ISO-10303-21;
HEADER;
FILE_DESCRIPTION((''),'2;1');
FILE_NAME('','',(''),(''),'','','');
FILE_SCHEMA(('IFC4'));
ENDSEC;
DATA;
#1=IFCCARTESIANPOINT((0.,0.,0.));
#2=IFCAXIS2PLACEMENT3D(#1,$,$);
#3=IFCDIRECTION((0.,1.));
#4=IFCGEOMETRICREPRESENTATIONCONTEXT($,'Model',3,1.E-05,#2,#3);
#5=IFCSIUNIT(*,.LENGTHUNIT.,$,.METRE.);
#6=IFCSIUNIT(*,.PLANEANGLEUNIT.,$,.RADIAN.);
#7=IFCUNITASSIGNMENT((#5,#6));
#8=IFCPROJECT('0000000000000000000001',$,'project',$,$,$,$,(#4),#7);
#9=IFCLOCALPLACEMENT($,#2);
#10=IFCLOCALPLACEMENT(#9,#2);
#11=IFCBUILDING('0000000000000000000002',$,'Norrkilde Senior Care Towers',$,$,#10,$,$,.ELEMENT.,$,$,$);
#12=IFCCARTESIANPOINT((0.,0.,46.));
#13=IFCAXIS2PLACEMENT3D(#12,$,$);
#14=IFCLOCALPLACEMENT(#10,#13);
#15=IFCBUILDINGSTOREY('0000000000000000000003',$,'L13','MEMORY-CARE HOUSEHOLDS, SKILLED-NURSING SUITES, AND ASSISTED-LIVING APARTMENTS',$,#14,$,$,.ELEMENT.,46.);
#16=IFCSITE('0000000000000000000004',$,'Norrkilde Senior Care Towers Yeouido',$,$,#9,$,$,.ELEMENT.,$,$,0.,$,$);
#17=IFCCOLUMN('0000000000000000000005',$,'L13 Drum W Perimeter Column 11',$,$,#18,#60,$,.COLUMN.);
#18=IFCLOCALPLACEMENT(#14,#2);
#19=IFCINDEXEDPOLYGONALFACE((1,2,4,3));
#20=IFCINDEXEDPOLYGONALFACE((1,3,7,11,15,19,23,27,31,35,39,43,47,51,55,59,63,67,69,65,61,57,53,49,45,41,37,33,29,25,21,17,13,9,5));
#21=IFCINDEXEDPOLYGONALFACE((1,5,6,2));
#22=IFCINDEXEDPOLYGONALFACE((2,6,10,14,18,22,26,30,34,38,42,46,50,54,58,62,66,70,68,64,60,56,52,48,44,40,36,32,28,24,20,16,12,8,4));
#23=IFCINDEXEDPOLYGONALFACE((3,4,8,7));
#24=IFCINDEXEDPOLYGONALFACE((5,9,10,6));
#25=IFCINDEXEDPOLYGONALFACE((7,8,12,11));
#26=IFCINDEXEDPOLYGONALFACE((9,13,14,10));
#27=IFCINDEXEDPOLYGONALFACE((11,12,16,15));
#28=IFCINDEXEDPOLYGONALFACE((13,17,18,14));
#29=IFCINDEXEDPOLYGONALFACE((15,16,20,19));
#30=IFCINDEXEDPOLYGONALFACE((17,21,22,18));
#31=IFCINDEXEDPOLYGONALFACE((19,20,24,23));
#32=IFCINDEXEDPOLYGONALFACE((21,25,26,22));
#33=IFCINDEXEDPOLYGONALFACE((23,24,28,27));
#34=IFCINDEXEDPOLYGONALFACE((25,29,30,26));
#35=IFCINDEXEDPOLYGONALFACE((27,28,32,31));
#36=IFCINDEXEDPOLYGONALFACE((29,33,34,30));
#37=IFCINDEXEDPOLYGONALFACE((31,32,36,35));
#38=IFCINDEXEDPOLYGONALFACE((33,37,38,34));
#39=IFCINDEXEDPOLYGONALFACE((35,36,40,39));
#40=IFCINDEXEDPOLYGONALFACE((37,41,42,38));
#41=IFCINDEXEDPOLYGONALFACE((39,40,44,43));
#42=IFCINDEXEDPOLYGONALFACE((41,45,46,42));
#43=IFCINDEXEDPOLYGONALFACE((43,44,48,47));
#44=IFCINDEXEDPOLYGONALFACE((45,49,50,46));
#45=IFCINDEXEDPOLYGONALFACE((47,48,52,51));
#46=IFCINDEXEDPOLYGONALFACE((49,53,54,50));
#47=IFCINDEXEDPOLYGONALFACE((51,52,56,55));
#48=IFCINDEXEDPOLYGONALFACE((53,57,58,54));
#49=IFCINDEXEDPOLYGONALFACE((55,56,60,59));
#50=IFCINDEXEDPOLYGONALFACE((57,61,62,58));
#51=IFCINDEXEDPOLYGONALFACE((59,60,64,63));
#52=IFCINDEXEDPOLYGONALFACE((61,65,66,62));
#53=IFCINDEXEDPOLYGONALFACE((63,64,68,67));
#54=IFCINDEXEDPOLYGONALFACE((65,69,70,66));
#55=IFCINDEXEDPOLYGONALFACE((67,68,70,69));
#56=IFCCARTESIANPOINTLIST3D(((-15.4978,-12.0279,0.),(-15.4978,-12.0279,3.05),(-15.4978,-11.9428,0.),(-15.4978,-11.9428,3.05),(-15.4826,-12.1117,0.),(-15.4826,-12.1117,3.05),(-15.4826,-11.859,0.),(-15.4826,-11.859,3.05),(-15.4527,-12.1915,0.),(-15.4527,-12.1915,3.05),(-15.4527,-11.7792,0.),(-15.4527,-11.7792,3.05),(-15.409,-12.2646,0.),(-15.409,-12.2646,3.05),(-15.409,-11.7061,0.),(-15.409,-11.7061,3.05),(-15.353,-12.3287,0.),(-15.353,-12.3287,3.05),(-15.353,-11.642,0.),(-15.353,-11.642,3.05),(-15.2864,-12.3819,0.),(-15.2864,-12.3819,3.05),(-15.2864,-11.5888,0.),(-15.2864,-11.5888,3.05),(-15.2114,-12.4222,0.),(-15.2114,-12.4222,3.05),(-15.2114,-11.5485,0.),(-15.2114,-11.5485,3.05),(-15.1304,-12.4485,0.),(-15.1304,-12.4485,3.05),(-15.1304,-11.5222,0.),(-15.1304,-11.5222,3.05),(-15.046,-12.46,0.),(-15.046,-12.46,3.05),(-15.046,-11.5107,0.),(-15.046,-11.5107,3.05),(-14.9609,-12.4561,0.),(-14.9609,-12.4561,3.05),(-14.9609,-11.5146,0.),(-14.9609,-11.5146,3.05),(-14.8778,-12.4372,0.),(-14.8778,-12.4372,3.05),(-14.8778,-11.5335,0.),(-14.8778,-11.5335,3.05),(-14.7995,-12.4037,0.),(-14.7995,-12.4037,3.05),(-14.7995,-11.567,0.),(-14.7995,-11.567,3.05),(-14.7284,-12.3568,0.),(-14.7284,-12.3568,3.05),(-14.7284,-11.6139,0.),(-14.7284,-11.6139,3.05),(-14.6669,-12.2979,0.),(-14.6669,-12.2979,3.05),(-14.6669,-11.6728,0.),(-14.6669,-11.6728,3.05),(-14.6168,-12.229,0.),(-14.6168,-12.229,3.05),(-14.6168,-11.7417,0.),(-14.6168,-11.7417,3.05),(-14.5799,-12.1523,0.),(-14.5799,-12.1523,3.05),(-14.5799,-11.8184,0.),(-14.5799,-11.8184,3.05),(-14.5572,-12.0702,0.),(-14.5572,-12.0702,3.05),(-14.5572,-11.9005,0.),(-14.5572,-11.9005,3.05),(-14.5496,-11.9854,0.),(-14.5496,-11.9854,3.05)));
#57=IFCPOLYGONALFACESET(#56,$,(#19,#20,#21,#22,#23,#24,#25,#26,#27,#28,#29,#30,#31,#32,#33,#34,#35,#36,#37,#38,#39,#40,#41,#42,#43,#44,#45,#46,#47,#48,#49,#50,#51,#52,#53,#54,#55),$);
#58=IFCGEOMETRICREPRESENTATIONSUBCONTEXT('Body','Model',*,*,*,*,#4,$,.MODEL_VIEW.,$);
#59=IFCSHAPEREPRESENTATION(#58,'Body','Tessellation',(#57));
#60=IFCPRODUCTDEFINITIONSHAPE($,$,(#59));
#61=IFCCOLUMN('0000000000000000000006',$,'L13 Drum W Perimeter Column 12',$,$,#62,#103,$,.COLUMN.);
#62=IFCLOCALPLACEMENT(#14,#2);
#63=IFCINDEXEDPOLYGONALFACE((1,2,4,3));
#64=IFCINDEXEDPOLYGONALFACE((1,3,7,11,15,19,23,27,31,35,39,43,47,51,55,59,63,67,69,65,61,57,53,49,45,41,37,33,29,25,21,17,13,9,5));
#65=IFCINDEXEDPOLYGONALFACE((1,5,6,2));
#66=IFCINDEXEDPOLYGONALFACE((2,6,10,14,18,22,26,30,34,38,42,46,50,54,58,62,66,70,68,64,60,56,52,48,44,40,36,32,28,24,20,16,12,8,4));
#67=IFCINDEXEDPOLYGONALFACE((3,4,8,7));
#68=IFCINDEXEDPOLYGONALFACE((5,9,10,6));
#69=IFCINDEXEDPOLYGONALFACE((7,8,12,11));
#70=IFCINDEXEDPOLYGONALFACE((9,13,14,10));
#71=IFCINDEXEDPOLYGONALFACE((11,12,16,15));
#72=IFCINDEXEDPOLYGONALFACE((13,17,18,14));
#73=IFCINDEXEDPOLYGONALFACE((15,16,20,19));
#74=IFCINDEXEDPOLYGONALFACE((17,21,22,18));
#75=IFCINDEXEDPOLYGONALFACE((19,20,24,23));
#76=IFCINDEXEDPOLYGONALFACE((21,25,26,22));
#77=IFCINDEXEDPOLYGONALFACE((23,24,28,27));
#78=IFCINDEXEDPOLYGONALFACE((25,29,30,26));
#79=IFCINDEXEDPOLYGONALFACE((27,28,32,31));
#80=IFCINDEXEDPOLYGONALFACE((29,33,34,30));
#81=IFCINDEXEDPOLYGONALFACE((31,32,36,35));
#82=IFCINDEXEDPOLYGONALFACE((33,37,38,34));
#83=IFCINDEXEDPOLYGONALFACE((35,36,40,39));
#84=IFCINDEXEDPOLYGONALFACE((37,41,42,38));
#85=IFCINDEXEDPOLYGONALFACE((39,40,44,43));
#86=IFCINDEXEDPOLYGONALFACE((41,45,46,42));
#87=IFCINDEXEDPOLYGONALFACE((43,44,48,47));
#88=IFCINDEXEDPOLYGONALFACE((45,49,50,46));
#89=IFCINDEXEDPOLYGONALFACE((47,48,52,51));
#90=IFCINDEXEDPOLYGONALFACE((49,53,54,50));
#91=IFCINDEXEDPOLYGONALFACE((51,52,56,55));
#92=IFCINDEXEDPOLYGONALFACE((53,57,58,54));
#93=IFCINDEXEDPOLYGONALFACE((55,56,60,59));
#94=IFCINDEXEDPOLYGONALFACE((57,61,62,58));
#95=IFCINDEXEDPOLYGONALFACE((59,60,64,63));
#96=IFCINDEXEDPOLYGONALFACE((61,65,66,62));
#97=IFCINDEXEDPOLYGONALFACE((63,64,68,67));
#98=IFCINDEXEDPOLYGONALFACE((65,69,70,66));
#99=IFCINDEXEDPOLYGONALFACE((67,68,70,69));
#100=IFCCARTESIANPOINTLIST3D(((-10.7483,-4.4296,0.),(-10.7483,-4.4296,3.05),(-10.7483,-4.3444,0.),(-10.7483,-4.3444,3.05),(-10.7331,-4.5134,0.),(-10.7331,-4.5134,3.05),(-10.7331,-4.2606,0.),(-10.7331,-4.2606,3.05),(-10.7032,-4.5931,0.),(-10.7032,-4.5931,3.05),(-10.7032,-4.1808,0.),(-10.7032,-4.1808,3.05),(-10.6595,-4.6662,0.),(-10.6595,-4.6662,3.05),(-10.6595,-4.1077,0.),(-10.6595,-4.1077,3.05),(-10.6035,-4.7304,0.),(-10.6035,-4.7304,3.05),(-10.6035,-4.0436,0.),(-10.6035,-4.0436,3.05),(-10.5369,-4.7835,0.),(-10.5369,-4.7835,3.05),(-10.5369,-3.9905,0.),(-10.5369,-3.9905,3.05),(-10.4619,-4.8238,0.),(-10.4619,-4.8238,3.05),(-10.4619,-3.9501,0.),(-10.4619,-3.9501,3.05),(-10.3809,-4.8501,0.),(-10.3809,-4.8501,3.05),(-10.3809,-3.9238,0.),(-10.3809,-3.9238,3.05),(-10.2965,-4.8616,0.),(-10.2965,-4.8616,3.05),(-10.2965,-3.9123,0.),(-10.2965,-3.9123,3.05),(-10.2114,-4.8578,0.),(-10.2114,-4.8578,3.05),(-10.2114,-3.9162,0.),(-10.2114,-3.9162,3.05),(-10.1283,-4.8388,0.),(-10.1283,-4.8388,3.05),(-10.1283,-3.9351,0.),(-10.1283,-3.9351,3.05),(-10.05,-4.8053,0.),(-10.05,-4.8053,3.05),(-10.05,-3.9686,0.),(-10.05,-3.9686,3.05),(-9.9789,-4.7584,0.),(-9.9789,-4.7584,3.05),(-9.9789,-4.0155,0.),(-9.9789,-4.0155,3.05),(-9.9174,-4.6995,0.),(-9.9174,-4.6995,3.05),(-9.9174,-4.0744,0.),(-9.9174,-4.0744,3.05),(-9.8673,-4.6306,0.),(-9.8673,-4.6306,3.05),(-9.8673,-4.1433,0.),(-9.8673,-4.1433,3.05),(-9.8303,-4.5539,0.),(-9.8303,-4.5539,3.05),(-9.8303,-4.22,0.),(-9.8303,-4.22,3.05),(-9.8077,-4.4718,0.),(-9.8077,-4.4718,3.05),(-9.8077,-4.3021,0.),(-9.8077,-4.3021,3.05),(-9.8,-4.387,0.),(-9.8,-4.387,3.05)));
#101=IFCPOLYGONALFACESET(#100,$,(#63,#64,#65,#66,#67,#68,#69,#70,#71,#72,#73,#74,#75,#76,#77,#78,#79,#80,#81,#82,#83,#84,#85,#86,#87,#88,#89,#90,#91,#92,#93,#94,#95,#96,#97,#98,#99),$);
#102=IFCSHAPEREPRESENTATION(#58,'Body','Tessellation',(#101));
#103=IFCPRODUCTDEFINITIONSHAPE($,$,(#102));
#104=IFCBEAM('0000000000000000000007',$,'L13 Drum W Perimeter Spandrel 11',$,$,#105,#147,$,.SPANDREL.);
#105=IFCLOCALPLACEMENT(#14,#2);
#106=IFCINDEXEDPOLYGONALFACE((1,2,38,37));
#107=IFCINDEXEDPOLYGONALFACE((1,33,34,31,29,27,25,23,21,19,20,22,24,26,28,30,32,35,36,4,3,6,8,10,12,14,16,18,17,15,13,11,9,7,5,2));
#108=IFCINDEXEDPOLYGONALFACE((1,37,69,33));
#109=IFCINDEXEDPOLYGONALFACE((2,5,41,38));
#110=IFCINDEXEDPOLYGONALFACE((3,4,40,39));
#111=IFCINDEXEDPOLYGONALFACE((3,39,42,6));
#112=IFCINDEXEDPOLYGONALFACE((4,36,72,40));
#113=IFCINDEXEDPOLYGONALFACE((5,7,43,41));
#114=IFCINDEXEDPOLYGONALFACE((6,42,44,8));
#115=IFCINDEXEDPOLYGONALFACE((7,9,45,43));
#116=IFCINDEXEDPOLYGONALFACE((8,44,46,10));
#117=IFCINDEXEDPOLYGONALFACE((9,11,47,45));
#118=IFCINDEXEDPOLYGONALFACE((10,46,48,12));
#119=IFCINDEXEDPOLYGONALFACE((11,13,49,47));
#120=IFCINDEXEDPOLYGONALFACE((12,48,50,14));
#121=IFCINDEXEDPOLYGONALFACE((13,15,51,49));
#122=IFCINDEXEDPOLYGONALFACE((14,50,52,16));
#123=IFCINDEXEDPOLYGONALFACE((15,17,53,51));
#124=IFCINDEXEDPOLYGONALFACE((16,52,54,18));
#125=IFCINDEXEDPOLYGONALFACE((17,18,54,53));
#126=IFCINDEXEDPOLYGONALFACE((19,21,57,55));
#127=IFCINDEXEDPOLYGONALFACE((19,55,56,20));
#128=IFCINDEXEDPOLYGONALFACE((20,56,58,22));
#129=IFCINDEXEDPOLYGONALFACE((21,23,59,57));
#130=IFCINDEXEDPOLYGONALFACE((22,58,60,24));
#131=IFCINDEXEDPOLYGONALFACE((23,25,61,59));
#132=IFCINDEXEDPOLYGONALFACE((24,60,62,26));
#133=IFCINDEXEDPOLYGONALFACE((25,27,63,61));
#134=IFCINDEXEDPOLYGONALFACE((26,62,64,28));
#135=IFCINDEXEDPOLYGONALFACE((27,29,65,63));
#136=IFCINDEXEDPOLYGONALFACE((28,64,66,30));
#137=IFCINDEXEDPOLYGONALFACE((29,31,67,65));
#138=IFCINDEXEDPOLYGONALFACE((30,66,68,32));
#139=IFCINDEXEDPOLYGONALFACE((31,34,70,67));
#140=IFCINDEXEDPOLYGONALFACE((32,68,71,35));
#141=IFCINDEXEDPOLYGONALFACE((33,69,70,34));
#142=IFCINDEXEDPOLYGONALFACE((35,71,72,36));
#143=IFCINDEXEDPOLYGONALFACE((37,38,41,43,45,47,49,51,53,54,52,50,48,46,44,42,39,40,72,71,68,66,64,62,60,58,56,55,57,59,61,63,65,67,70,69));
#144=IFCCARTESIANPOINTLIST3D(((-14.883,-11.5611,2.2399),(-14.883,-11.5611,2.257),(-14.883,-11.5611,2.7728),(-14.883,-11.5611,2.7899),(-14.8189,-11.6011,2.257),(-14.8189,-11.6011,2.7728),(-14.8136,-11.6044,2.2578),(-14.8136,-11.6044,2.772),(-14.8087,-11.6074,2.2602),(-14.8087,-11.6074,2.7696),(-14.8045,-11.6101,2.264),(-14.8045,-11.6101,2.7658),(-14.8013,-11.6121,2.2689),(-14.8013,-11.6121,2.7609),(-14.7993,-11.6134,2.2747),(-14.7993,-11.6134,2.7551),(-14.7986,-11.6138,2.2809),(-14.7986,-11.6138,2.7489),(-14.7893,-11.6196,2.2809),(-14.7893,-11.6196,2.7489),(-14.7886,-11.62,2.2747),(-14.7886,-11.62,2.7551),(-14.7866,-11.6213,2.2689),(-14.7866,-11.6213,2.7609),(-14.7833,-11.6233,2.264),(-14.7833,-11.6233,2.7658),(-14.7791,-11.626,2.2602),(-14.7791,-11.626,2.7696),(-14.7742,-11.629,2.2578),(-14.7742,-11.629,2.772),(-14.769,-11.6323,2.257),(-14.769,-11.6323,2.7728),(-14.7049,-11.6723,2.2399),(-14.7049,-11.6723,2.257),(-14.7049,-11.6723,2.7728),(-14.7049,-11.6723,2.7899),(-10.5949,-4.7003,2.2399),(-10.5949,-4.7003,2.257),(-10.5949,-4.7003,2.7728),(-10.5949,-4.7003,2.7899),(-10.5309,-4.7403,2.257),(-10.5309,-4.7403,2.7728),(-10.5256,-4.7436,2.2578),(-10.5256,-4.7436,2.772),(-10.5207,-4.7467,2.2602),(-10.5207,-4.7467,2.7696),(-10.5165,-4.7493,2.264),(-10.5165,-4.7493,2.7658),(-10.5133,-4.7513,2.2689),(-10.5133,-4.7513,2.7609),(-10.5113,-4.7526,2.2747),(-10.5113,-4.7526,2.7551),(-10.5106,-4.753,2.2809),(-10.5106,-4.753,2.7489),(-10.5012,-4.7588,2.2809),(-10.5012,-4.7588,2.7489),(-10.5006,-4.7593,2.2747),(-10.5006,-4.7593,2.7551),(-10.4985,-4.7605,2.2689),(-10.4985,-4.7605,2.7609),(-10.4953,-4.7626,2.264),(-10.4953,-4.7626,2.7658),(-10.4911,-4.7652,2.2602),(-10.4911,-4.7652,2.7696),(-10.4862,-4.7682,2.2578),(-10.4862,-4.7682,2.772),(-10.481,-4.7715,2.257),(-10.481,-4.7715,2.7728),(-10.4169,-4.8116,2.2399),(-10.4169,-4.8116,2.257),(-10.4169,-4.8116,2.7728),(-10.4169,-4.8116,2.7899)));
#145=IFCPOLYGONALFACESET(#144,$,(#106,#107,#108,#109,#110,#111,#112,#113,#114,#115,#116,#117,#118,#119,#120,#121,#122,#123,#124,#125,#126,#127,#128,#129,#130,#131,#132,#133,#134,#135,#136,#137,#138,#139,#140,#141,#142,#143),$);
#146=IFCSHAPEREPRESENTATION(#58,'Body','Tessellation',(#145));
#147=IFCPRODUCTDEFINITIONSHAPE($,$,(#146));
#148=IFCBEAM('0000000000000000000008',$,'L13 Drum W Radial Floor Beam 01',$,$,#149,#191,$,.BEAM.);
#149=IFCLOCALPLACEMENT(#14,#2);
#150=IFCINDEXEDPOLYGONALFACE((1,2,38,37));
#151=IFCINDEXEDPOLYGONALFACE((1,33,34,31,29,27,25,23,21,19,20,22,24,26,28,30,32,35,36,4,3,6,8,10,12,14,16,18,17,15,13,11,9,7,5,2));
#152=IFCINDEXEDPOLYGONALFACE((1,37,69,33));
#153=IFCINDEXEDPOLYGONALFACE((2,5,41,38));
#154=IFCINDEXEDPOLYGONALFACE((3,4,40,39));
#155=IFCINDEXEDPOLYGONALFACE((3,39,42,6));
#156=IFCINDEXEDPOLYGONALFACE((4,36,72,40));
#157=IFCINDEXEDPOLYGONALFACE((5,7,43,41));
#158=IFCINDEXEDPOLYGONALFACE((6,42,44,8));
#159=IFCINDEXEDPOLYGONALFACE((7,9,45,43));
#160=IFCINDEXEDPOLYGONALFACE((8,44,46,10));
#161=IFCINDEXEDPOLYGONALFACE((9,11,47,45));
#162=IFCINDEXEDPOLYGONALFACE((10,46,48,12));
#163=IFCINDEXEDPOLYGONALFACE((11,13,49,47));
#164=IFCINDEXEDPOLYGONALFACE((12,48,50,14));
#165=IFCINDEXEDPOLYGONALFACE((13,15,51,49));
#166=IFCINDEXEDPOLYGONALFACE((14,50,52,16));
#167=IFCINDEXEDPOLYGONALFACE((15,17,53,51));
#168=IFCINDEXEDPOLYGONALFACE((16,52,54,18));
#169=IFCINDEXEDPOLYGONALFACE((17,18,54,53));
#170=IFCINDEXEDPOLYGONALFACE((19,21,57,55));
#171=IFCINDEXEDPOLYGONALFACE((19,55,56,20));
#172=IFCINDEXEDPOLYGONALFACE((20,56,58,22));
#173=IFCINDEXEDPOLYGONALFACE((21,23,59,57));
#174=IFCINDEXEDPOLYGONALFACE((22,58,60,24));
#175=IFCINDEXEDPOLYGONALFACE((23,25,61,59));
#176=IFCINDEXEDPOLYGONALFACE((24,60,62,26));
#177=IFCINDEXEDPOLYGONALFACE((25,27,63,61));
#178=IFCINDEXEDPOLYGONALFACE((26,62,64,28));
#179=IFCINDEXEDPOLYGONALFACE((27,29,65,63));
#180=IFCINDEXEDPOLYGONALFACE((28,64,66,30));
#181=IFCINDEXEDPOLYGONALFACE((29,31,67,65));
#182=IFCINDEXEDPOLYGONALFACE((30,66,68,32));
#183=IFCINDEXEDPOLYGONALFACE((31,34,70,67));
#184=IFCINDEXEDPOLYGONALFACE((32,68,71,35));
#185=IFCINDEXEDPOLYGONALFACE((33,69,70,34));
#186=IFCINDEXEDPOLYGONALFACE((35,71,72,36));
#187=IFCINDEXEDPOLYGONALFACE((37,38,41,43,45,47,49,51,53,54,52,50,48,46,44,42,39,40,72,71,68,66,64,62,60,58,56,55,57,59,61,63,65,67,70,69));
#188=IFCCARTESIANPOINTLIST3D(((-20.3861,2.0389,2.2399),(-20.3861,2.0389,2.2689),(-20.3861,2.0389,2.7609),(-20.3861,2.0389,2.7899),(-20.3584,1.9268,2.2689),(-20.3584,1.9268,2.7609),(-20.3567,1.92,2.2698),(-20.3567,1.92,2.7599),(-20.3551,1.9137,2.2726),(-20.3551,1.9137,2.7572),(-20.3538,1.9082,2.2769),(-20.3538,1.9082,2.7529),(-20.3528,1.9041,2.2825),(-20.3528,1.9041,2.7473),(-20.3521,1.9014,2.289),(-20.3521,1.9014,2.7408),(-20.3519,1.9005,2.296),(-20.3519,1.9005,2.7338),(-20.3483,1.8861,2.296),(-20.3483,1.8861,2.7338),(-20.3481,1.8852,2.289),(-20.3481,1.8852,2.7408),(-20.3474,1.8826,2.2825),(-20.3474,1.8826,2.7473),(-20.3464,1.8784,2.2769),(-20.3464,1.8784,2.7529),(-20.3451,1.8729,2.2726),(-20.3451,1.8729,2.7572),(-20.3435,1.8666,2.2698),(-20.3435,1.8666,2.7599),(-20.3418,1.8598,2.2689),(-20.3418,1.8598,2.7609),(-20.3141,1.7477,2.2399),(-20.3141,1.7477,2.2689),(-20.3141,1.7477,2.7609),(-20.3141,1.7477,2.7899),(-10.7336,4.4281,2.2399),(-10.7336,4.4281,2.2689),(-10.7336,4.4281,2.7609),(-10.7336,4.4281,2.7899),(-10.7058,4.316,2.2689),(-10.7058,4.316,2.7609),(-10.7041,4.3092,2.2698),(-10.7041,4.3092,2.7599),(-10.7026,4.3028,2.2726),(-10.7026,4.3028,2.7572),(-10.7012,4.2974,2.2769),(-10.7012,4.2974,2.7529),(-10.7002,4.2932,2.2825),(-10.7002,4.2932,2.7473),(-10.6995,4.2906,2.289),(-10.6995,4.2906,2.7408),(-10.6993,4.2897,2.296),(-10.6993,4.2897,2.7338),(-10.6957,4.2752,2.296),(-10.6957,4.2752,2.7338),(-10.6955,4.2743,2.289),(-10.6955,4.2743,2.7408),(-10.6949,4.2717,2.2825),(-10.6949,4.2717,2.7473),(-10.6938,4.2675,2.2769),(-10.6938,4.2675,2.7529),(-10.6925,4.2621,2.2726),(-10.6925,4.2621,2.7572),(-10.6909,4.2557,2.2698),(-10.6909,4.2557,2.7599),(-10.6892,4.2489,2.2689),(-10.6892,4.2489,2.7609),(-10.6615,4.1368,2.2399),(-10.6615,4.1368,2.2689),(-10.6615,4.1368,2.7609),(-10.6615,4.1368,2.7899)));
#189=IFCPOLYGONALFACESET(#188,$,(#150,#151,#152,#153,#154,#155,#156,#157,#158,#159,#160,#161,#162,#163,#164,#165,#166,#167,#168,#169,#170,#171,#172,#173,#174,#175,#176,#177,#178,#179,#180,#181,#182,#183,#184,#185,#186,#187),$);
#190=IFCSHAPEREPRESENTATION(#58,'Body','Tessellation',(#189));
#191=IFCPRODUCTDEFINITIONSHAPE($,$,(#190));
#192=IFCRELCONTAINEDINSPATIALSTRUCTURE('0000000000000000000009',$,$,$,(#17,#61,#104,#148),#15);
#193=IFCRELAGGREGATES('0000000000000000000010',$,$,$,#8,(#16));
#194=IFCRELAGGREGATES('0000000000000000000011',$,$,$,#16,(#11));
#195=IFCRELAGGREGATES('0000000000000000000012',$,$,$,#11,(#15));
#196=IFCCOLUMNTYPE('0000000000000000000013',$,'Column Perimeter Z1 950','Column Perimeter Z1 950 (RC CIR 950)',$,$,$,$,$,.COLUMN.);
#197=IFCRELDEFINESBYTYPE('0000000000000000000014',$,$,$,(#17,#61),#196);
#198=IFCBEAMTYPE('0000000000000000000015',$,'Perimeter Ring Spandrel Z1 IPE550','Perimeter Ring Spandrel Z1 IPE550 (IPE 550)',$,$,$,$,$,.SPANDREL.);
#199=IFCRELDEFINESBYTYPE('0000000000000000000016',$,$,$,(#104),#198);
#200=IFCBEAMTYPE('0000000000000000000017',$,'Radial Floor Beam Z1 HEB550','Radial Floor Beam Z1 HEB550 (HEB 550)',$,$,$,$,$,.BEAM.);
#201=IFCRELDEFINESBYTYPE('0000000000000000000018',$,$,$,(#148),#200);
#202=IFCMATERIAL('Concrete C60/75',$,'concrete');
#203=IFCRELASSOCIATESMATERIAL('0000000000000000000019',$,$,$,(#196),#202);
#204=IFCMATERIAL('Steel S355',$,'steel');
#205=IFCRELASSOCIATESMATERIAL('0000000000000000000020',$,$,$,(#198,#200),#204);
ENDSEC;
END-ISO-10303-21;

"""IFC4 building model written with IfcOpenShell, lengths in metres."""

from ifc_helpers import new_model, si_unit, direction, frame, origin, origin_2d, place, context, subcontext, project, spatial, circle, i_section, extrude, source, transform, mapped, material, material_profile, profile_set, type_object, type_shapes, element, save


model = new_model("IFC4")

# Units and contexts
model_context = context("Model", 3, precision=1e-05, world=origin(), true_north=direction((0.0, 1.0)))
body_context = subcontext(model_context, "Body", "Model", "MODEL_VIEW")
ifc_project = project(units=[si_unit("LENGTHUNIT", "METRE"), si_unit("PLANEANGLEUNIT", "RADIAN")], contexts=[model_context])

# Site, building, storey
site_placement = place(None, origin())
site = spatial("IfcSite", under=ifc_project, at=site_placement, Name="Norrkilde Senior Care Towers Yeouido", CompositionType="ELEMENT", RefElevation=0.0)
building_placement = place(site_placement, origin())
building = spatial("IfcBuilding", under=site, at=building_placement, Name="Norrkilde Senior Care Towers", CompositionType="ELEMENT")
storey_placement = place(building_placement, frame((0.0, 0.0, 46.0)))
storey = spatial("IfcBuildingStorey", under=building, at=storey_placement, Name="L13", Description="MEMORY-CARE HOUSEHOLDS, SKILLED-NURSING SUITES, AND ASSISTED-LIVING APARTMENTS", CompositionType="ELEMENT", Elevation=46.0)

# Columns
ifc_material_1 = material(Name="Concrete C60/75", Category="concrete")
ifc_material_profile_1 = material_profile(ifc_material_1, circle(Radius=0.4751, at=origin_2d()), Name="RC CIR 950")
ifc_profile_set_1 = profile_set([ifc_material_profile_1], Name="Concrete C60/75")
column_type = type_object("IfcColumnType", Name="Column Perimeter Z1 950", Description="Column Perimeter Z1 950 (RC CIR 950)", PredefinedType="COLUMN", material=ifc_profile_set_1)
shared_shape_1 = source(origin(), body_context, "Body", "SweptSolid", [
    extrude(circle(Radius=0.4751, at=origin_2d()), origin(), (0.0, 0.0, 1.0), 3.05),
])
type_shapes(column_type, [shared_shape_1])
for number, where, z_axis, x_axis, name in (
    (1, (-15.0247, -11.9854, 0.0), (0.0, 0.0, 1.0), (1.0, 0.0, 0.0), "L13 Drum W Perimeter Column 11"),
    (2, (-10.2751, -4.387, 0.0), (0.0, 0.0, 1.0), (1.0, 0.0, 0.0), "L13 Drum W Perimeter Column 12"),
):
    element("IfcColumn", number, at=place(storey_placement, frame(where, z_axis=z_axis, x_axis=x_axis)), inside=storey, type_object=column_type, Name=name, PredefinedType="COLUMN", context=body_context, shape_type="MappedRepresentation", body=[
        mapped(shared_shape_1, transform((0.0, 0.0, 0.0), x_axis=(1.0, 0.0, 0.0), y_axis=(0.0, 1.0, 0.0), z_axis=(0.0, 0.0, 1.0), scale=1.0)),
    ])

# Beams
ifc_material_2 = material(Name="Steel S355", Category="steel")
ifc_material_profile_2 = material_profile(ifc_material_2, i_section(OverallWidth=0.21, OverallDepth=0.55, WebThickness=0.011, FlangeThickness=0.0171, FilletRadius=0.0239, at=origin_2d()), Name="IPE 550")
ifc_profile_set_2 = profile_set([ifc_material_profile_2], Name="Steel S355")
beam_type_1 = type_object("IfcBeamType", Name="Perimeter Ring Spandrel Z1 IPE550", Description="Perimeter Ring Spandrel Z1 IPE550 (IPE 550)", PredefinedType="SPANDREL", material=ifc_profile_set_2)
shared_shape_2 = source(origin(), body_context, "Body", "SweptSolid", [
    extrude(i_section(OverallWidth=0.21, OverallDepth=0.55, WebThickness=0.011, FlangeThickness=0.0171, FilletRadius=0.0239, at=origin_2d()), origin(), (0.0, 0.0, 1.0), 8.0906),
])
beam_1_placement = place(storey_placement, frame((-14.7939, -11.6167, 2.5149), z_axis=(0.530004, 0.847995, 0.0), x_axis=(-0.847995, 0.530004, 0.0)))
element("IfcBeam", 3, at=beam_1_placement, inside=storey, type_object=beam_type_1, Name="L13 Drum W Perimeter Spandrel 11", PredefinedType="SPANDREL", context=body_context, shape_type="MappedRepresentation", body=[
    mapped(shared_shape_2, transform((0.0, 0.0, 0.0), x_axis=(1.0, 0.0, 0.0), y_axis=(0.0, 1.0, 0.0), z_axis=(0.0, 0.0, 1.0), scale=1.0)),
])
ifc_material_profile_3 = material_profile(ifc_material_2, i_section(OverallWidth=0.3, OverallDepth=0.55, WebThickness=0.0149, FlangeThickness=0.0291, FilletRadius=0.0271, at=origin_2d()), Name="HEB 550")
ifc_profile_set_3 = profile_set([ifc_material_profile_3], Name="Steel S355")
beam_type_2 = type_object("IfcBeamType", Name="Radial Floor Beam Z1 HEB550", Description="Radial Floor Beam Z1 HEB550 (HEB 550)", PredefinedType="BEAM", material=ifc_profile_set_3)
shared_shape_3 = source(origin(), body_context, "Body", "SweptSolid", [
    extrude(i_section(OverallWidth=0.3, OverallDepth=0.55, WebThickness=0.0149, FlangeThickness=0.0291, FilletRadius=0.0271, at=origin_2d()), origin(), (0.0, 0.0, 1.0), 9.9438),
])
type_shapes(beam_type_2, [shared_shape_3])
for number, where, z_axis, x_axis, name in (
    (4, (-20.3501, 1.8933, 2.5149), (0.970707, 0.240265, 0.0), (-0.240265, 0.970707, 0.0), "L13 Drum W Radial Floor Beam 01"),
):
    element("IfcBeam", number, at=place(storey_placement, frame(where, z_axis=z_axis, x_axis=x_axis)), inside=storey, type_object=beam_type_2, Name=name, PredefinedType="BEAM", context=body_context, shape_type="MappedRepresentation", body=[
        mapped(shared_shape_3, transform((0.0, 0.0, 0.0), x_axis=(1.0, 0.0, 0.0), y_axis=(0.0, 1.0, 0.0), z_axis=(0.0, 0.0, 1.0), scale=1.0)),
    ])

save(model, "model.ifc")
